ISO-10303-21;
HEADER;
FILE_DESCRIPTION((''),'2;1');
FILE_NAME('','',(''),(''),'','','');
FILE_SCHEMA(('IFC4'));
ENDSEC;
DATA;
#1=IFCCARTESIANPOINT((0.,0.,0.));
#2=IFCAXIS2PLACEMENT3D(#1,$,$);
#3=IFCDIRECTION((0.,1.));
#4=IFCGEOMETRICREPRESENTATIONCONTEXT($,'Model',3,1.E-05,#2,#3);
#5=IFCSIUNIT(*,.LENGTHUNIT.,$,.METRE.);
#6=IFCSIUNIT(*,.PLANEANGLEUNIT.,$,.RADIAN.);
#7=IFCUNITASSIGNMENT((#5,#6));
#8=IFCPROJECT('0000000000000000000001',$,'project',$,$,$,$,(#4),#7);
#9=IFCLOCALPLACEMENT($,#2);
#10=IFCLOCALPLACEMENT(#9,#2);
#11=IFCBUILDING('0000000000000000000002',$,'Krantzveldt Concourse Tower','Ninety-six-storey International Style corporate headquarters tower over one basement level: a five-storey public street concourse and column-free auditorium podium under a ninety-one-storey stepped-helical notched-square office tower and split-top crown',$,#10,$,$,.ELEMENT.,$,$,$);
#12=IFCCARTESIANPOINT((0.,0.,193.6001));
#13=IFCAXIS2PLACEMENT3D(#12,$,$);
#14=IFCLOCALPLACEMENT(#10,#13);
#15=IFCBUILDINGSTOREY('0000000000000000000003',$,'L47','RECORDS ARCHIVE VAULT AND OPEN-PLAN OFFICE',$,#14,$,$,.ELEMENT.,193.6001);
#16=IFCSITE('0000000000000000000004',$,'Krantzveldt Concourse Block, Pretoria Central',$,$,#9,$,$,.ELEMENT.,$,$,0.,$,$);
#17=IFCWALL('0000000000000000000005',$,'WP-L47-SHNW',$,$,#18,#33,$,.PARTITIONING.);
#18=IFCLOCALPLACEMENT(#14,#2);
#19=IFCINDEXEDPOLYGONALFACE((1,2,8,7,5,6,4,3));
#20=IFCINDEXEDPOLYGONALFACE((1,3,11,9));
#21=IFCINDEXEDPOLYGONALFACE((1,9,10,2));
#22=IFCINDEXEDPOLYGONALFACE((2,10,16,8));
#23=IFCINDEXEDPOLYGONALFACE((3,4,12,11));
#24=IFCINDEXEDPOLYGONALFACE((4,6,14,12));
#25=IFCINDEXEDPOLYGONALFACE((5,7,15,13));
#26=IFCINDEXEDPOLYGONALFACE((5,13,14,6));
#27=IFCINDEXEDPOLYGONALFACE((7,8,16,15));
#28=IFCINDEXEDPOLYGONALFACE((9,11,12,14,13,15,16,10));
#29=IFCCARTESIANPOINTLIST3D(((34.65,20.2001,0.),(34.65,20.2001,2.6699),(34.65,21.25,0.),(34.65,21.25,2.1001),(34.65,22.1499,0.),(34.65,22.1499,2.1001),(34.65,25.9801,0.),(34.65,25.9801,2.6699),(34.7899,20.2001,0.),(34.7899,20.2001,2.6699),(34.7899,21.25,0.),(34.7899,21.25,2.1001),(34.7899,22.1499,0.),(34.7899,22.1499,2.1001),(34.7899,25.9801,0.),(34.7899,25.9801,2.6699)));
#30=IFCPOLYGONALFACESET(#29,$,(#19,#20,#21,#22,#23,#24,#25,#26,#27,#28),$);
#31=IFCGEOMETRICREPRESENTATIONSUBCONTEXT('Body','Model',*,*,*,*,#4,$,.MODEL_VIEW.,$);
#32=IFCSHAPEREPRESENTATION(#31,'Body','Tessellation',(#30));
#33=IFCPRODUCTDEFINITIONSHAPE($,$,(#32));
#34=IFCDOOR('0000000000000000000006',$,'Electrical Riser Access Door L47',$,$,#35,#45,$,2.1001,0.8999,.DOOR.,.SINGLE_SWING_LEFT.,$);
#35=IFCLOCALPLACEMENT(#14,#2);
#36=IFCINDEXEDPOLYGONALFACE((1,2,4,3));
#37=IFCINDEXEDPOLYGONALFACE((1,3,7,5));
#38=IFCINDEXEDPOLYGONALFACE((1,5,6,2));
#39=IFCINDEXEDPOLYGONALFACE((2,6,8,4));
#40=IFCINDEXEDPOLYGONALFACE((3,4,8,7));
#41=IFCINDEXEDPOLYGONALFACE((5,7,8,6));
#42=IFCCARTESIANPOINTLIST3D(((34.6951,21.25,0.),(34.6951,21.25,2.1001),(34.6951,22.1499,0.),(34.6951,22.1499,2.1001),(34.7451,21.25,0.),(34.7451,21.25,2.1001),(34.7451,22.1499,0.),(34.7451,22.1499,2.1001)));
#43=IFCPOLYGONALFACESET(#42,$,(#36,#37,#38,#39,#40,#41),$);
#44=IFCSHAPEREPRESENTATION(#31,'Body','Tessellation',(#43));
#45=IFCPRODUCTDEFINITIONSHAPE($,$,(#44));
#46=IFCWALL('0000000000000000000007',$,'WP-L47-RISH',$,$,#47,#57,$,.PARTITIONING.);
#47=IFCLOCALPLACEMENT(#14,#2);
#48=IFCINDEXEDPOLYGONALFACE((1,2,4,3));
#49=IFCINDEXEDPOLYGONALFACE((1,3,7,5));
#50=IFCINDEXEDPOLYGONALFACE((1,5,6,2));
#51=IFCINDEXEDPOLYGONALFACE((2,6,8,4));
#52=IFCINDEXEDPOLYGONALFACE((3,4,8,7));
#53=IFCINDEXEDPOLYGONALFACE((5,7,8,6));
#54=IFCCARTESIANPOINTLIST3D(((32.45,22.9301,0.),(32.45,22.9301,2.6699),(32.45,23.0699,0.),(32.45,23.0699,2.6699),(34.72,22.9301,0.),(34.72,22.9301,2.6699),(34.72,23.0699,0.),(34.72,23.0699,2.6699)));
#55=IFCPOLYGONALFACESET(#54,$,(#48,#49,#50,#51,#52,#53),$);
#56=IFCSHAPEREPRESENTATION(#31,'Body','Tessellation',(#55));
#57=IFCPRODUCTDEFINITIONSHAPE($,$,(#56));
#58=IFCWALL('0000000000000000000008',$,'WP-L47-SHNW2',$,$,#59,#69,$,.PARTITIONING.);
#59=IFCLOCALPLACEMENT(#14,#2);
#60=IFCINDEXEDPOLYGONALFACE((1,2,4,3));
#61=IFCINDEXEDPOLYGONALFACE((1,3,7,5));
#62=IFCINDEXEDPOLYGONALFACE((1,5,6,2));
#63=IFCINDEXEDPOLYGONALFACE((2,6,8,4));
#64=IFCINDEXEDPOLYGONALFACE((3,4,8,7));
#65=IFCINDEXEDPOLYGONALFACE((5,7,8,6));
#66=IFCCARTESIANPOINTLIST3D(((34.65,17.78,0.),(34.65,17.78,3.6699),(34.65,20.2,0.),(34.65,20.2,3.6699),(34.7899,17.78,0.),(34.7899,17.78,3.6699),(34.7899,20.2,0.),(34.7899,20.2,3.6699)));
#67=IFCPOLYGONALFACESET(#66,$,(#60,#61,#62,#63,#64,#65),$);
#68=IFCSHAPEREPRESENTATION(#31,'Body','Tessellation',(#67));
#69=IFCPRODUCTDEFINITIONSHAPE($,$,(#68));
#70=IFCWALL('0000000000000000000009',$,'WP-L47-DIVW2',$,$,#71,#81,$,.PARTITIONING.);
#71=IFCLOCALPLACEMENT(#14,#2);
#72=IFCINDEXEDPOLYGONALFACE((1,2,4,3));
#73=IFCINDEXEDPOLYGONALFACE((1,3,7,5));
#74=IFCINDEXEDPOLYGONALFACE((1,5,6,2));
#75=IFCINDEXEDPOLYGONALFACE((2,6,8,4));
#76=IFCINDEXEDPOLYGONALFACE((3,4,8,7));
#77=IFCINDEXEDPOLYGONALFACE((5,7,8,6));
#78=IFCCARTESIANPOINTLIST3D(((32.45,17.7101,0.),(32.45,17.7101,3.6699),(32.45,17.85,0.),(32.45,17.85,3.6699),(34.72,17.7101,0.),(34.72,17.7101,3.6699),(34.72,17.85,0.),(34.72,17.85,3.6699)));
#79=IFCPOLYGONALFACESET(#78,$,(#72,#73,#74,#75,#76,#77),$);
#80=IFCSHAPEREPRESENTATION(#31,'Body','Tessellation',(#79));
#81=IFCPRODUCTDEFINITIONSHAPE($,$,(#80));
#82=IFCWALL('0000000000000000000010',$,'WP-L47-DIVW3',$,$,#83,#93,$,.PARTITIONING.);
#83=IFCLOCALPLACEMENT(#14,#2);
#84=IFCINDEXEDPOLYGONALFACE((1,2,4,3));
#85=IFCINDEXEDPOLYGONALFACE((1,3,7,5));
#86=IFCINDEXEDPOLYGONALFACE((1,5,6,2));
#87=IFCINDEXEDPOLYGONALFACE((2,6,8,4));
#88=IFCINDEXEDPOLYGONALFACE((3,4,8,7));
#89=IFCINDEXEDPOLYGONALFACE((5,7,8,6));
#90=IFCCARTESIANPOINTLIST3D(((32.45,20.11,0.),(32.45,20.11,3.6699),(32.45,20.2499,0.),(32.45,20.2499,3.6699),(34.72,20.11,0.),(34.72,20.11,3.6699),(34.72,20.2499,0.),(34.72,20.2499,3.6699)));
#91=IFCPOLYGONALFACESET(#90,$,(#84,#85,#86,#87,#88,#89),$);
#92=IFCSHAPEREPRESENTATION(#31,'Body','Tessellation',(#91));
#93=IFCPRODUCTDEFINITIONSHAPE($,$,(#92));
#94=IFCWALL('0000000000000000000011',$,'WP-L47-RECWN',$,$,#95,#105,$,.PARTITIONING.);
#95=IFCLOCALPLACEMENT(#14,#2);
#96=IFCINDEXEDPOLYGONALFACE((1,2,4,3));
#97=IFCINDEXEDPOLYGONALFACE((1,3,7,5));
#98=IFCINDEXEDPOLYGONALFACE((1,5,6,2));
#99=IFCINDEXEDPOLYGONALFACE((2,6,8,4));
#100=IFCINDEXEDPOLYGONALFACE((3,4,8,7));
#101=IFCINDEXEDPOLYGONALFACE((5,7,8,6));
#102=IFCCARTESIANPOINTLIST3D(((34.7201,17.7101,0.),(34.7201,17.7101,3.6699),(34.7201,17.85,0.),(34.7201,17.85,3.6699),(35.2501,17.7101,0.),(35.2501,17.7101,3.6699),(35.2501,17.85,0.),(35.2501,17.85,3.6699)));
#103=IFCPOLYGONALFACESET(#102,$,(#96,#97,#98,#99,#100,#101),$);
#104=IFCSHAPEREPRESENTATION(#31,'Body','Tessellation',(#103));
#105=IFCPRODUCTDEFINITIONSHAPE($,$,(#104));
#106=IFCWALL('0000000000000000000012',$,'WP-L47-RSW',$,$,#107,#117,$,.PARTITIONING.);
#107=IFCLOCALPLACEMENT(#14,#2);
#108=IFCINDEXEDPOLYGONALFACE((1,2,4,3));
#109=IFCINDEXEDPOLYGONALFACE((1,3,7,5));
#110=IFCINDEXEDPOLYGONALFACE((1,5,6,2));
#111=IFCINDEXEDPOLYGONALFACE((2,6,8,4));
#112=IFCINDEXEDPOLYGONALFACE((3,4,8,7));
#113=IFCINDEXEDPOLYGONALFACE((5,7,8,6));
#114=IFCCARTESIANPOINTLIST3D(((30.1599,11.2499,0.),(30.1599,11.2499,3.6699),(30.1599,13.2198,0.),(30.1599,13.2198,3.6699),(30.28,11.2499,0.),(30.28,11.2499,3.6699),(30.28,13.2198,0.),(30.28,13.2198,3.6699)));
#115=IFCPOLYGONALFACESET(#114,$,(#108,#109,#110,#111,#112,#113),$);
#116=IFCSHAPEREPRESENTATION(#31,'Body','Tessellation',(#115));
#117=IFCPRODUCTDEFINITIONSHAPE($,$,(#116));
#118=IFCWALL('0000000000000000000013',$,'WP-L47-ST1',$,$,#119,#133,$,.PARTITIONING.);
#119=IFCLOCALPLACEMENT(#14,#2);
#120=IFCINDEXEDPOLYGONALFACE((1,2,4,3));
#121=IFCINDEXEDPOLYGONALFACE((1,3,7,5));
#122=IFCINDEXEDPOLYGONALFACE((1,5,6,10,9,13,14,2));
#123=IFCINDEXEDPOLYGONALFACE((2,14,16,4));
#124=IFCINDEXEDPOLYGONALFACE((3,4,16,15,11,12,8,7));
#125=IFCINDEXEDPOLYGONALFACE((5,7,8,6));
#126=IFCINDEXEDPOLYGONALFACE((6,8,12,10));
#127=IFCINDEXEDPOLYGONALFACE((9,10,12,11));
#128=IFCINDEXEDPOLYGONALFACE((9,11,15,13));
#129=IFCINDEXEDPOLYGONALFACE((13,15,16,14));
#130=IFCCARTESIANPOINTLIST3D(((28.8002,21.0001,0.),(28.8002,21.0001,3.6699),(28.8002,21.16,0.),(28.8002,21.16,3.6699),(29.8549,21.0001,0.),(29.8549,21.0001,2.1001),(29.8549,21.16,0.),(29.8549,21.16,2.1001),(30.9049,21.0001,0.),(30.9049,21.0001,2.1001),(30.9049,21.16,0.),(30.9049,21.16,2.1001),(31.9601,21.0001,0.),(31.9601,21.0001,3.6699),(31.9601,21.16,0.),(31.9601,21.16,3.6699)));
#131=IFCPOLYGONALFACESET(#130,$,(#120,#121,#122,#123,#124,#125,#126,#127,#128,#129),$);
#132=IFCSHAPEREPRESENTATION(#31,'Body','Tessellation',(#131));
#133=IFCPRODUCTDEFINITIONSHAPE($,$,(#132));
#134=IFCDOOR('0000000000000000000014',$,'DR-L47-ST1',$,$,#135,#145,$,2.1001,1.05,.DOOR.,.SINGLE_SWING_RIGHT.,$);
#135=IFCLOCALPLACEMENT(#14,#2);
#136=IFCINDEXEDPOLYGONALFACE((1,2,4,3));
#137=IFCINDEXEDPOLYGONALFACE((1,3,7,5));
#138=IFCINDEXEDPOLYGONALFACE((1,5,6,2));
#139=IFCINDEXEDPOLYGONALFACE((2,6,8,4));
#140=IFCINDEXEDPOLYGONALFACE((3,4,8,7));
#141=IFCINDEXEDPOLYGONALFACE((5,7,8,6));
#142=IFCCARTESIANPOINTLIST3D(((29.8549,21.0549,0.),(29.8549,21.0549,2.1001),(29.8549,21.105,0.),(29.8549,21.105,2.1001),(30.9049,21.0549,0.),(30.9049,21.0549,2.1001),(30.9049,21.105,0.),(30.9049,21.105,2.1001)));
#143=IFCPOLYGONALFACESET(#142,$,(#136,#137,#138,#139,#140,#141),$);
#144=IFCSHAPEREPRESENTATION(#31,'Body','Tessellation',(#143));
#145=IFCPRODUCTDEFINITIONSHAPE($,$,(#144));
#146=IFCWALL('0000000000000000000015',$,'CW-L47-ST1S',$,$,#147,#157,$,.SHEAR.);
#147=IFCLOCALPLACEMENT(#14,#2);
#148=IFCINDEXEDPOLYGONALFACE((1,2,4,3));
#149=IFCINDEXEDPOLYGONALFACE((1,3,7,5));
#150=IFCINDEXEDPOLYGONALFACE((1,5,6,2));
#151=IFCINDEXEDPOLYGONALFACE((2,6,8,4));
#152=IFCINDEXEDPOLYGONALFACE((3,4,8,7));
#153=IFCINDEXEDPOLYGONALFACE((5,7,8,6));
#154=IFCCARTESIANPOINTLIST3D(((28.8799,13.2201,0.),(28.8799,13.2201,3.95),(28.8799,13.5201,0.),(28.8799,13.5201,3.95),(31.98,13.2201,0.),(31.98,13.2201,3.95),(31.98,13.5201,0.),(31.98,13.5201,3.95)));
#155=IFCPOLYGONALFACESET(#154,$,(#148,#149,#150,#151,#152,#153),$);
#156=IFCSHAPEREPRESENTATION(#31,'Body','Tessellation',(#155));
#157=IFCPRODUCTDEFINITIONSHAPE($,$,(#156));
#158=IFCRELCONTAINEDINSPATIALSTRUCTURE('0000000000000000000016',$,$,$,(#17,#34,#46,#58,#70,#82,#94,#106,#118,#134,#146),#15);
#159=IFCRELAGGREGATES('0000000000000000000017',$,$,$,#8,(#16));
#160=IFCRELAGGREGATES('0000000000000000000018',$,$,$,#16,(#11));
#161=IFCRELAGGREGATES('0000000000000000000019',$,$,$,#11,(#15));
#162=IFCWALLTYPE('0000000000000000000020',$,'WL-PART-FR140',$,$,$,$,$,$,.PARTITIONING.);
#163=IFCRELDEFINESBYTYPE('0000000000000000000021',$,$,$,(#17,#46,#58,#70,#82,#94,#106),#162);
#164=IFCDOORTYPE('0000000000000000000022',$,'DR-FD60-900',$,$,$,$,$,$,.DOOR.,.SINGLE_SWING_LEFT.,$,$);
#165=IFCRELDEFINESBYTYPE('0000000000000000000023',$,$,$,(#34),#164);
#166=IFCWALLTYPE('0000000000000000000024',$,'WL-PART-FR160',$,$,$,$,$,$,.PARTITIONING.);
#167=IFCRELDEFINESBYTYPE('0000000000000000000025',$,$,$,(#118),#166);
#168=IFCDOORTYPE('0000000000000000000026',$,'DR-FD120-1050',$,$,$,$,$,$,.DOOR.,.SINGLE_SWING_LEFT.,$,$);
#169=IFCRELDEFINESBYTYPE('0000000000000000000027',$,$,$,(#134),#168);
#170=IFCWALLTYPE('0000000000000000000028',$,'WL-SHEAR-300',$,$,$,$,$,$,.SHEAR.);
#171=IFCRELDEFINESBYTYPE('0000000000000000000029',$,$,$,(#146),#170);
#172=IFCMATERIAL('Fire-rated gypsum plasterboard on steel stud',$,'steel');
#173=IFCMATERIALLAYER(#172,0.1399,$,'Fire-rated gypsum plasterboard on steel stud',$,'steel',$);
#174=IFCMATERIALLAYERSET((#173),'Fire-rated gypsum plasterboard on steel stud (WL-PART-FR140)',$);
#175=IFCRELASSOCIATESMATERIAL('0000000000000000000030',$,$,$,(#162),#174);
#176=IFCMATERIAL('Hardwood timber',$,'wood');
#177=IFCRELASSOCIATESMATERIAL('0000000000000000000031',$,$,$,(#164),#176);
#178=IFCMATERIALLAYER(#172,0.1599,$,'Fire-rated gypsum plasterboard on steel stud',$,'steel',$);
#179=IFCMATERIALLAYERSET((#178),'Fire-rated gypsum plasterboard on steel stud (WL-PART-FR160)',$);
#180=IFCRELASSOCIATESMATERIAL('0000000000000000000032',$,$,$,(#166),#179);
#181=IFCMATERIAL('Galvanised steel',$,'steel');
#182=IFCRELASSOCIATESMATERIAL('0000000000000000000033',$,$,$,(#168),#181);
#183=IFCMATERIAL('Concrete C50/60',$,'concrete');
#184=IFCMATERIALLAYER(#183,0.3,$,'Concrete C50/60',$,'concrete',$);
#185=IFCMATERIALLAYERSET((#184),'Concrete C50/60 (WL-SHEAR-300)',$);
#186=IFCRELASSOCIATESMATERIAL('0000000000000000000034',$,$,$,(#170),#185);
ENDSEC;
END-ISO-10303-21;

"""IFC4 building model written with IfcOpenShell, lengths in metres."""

from ifc_helpers import new_model, si_unit, direction, frame, frame_2d, origin, place, context, subcontext, project, spatial, rectangle, extrude, material, layer, layer_set, type_object, element, fill, save


model = new_model("IFC4")

# Units and contexts
model_context = context("Model", 3, precision=1e-05, world=origin(), true_north=direction((0.0, 1.0)))
body_context = subcontext(model_context, "Body", "Model", "MODEL_VIEW")
ifc_project = project(units=[si_unit("LENGTHUNIT", "METRE"), si_unit("PLANEANGLEUNIT", "RADIAN")], contexts=[model_context])

# Site, building, storey
site_placement = place(None, origin())
site = spatial("IfcSite", under=ifc_project, at=site_placement, Name="Krantzveldt Concourse Block, Pretoria Central", CompositionType="ELEMENT", RefElevation=0.0)
building_placement = place(site_placement, origin())
building = spatial("IfcBuilding", under=site, at=building_placement, Name="Krantzveldt Concourse Tower", Description="Ninety-six-storey International Style corporate headquarters tower over one basement level: a five-storey public street concourse and column-free auditorium podium under a ninety-one-storey stepped-helical notched-square office tower and split-top crown", CompositionType="ELEMENT")
storey_placement = place(building_placement, frame((0.0, 0.0, 193.6001)))
storey = spatial("IfcBuildingStorey", under=building, at=storey_placement, Name="L47", Description="RECORDS ARCHIVE VAULT AND OPEN-PLAN OFFICE", CompositionType="ELEMENT", Elevation=193.6001)

# Shared definitions
ifc_material_1 = material(Name="Concrete C50/60", Category="concrete")

# Wall, opening, door
ifc_material_2 = material(Name="Fire-rated gypsum plasterboard on steel stud", Category="steel")
ifc_material_3 = material(Name="Hardwood timber", Category="wood")
ifc_layer_1 = layer(ifc_material_2, 0.1399, Name="Fire-rated gypsum plasterboard on steel stud", Category="steel")
ifc_layer_set_1 = layer_set([ifc_layer_1], Name="Fire-rated gypsum plasterboard on steel stud (WL-PART-FR140)")
wall_type_1 = type_object("IfcWallType", Name="WL-PART-FR140", PredefinedType="PARTITIONING", material=ifc_layer_set_1)
wall_1_placement = place(storey_placement, frame((34.72, 20.2, 0.0), z_axis=(0.0, 0.0, 1.0), x_axis=(0.0, 1.0, 0.0)))
wall_1 = element("IfcWall", 1, at=wall_1_placement, inside=storey, type_object=wall_type_1, Name="WP-L47-SHNW", PredefinedType="PARTITIONING", context=body_context, shape_type="SweptSolid", body=[
    extrude(rectangle(XDim=5.78, YDim=0.1399, at=frame_2d((2.8901, 0.0))), origin(), (0.0, 0.0, 1.0), 2.6699),
])
opening_1_placement = place(wall_1_placement, frame((1.05, 0.0, 0.0)))
opening_1 = element("IfcOpeningElement", 2, at=opening_1_placement, cuts=wall_1, PredefinedType="OPENING", context=body_context, shape_type="SweptSolid", body=[
    extrude(rectangle(XDim=0.8999, YDim=2.1001, at=frame_2d((0.45, 1.05))), frame((0.0, 0.0801, 0.0), z_axis=(0.0, -1.0, 0.0), x_axis=(1.0, 0.0, 0.0)), (0.0, 0.0, 1.0), 0.1599),
])
door_type_1 = type_object("IfcDoorType", Name="DR-FD60-900", OperationType="SINGLE_SWING_LEFT", PredefinedType="DOOR", material=ifc_material_3)
door_1_placement = place(opening_1_placement, origin())
door_1 = element("IfcDoor", 3, at=door_1_placement, inside=storey, type_object=door_type_1, Name="Electrical Riser Access Door L47", OperationType="SINGLE_SWING_LEFT", OverallHeight=2.1001, OverallWidth=0.8999, PredefinedType="DOOR", context=body_context, shape_type="SweptSolid", body=[
    extrude(rectangle(XDim=0.8999, YDim=2.1001, at=frame_2d((0.45, 1.05))), frame((0.0, 0.0249, 0.0), z_axis=(0.0, -1.0, 0.0), x_axis=(1.0, 0.0, 0.0)), (0.0, 0.0, 1.0), 0.05),
])
fill(opening_1, door_1)

# Walls
wall_2_placement = place(storey_placement, frame((32.45, 23.0, 0.0), z_axis=(0.0, 0.0, 1.0), x_axis=(1.0, 0.0, 0.0)))
element("IfcWall", 4, at=wall_2_placement, inside=storey, type_object=wall_type_1, Name="WP-L47-RISH", PredefinedType="PARTITIONING", context=body_context, shape_type="SweptSolid", body=[
    extrude(rectangle(XDim=2.27, YDim=0.1399, at=frame_2d((1.135, 0.0))), origin(), (0.0, 0.0, 1.0), 2.6699),
])
wall_3_placement = place(storey_placement, frame((34.72, 17.78, 0.0), z_axis=(0.0, 0.0, 1.0), x_axis=(0.0, 1.0, 0.0)))
element("IfcWall", 5, at=wall_3_placement, inside=storey, type_object=wall_type_1, Name="WP-L47-SHNW2", PredefinedType="PARTITIONING", context=body_context, shape_type="SweptSolid", body=[
    extrude(rectangle(XDim=2.4199, YDim=0.1399, at=frame_2d((1.21, 0.0))), origin(), (0.0, 0.0, 1.0), 3.6699),
])
for number, where, z_axis, x_axis, name in (
    (6, (32.45, 17.78, 0.0), (0.0, 0.0, 1.0), (1.0, 0.0, 0.0), "WP-L47-DIVW2"),
    (7, (32.45, 20.1799, 0.0), (0.0, 0.0, 1.0), (1.0, 0.0, 0.0), "WP-L47-DIVW3"),
):
    element("IfcWall", number, at=place(storey_placement, frame(where, z_axis=z_axis, x_axis=x_axis)), inside=storey, type_object=wall_type_1, Name=name, PredefinedType="PARTITIONING", context=body_context, shape_type="SweptSolid", body=[
        extrude(rectangle(XDim=2.27, YDim=0.1399, at=frame_2d((1.135, 0.0))), origin(), (0.0, 0.0, 1.0), 3.6699),
    ])
wall_4_placement = place(storey_placement, frame((34.72, 17.78, 0.0), z_axis=(0.0, 0.0, 1.0), x_axis=(1.0, 0.0, 0.0)))
element("IfcWall", 8, at=wall_4_placement, inside=storey, type_object=wall_type_1, Name="WP-L47-RECWN", PredefinedType="PARTITIONING", context=body_context, shape_type="SweptSolid", body=[
    extrude(rectangle(XDim=0.53, YDim=0.1399, at=frame_2d((0.2651, 0.0))), origin(), (0.0, 0.0, 1.0), 3.6699),
])
wall_5_placement = place(storey_placement, frame((30.22, 11.25, 0.0), z_axis=(0.0, 0.0, 1.0), x_axis=(0.0, 1.0, 0.0)))
element("IfcWall", 9, at=wall_5_placement, inside=storey, type_object=wall_type_1, Name="WP-L47-RSW", PredefinedType="PARTITIONING", context=body_context, shape_type="SweptSolid", body=[
    extrude(rectangle(XDim=1.97, YDim=0.1201, at=frame_2d((0.9849, 0.0))), origin(), (0.0, 0.0, 1.0), 3.6699),
])

# Wall, opening, door
ifc_layer_2 = layer(ifc_material_2, 0.1599, Name="Fire-rated gypsum plasterboard on steel stud", Category="steel")
ifc_layer_set_2 = layer_set([ifc_layer_2], Name="Fire-rated gypsum plasterboard on steel stud (WL-PART-FR160)")
wall_type_2 = type_object("IfcWallType", Name="WL-PART-FR160", PredefinedType="PARTITIONING", material=ifc_layer_set_2)
wall_6_placement = place(storey_placement, frame((28.8, 21.0801, 0.0), z_axis=(0.0, 0.0, 1.0), x_axis=(1.0, 0.0, 0.0)))
wall_6 = element("IfcWall", 10, at=wall_6_placement, inside=storey, type_object=wall_type_2, Name="WP-L47-ST1", PredefinedType="PARTITIONING", context=body_context, shape_type="SweptSolid", body=[
    extrude(rectangle(XDim=3.1599, YDim=0.1599, at=frame_2d((1.5801, 0.0))), origin(), (0.0, 0.0, 1.0), 3.6699),
])
opening_2_placement = place(wall_6_placement, frame((1.0549, 0.0, 0.0)))
opening_2 = element("IfcOpeningElement", 11, at=opening_2_placement, cuts=wall_6, PredefinedType="OPENING", context=body_context, shape_type="SweptSolid", body=[
    extrude(rectangle(XDim=1.05, YDim=2.1001, at=frame_2d((0.5249, 1.05))), frame((0.0, 0.0898, 0.0), z_axis=(0.0, -1.0, 0.0), x_axis=(1.0, 0.0, 0.0)), (0.0, 0.0, 1.0), 0.1799),
])
ifc_material_4 = material(Name="Galvanised steel", Category="steel")
door_type_2 = type_object("IfcDoorType", Name="DR-FD120-1050", OperationType="SINGLE_SWING_LEFT", PredefinedType="DOOR", material=ifc_material_4)
door_2_placement = place(opening_2_placement, origin())
door_2 = element("IfcDoor", 12, at=door_2_placement, inside=storey, type_object=door_type_2, Name="DR-L47-ST1", OperationType="SINGLE_SWING_RIGHT", OverallHeight=2.1001, OverallWidth=1.05, PredefinedType="DOOR", context=body_context, shape_type="SweptSolid", body=[
    extrude(rectangle(XDim=1.05, YDim=2.1001, at=frame_2d((0.5249, 1.05))), frame((0.0, 0.0249, 0.0), z_axis=(0.0, -1.0, 0.0), x_axis=(1.0, 0.0, 0.0)), (0.0, 0.0, 1.0), 0.05),
])
fill(opening_2, door_2)

# Wall
ifc_layer_3 = layer(ifc_material_1, 0.3, Name="Concrete C50/60", Category="concrete")
ifc_layer_set_3 = layer_set([ifc_layer_3], Name="Concrete C50/60 (WL-SHEAR-300)")
wall_type_3 = type_object("IfcWallType", Name="WL-SHEAR-300", PredefinedType="SHEAR", material=ifc_layer_set_3)
wall_7_placement = place(storey_placement, frame((28.8799, 13.3701, 0.0), z_axis=(0.0, 0.0, 1.0), x_axis=(1.0, 0.0, 0.0)))
element("IfcWall", 13, at=wall_7_placement, inside=storey, type_object=wall_type_3, Name="CW-L47-ST1S", PredefinedType="SHEAR", context=body_context, shape_type="SweptSolid", body=[
    extrude(rectangle(XDim=3.1001, YDim=0.3, at=frame_2d((1.55, 0.0))), origin(), (0.0, 0.0, 1.0), 3.95),
])

save(model, "model.ifc")
